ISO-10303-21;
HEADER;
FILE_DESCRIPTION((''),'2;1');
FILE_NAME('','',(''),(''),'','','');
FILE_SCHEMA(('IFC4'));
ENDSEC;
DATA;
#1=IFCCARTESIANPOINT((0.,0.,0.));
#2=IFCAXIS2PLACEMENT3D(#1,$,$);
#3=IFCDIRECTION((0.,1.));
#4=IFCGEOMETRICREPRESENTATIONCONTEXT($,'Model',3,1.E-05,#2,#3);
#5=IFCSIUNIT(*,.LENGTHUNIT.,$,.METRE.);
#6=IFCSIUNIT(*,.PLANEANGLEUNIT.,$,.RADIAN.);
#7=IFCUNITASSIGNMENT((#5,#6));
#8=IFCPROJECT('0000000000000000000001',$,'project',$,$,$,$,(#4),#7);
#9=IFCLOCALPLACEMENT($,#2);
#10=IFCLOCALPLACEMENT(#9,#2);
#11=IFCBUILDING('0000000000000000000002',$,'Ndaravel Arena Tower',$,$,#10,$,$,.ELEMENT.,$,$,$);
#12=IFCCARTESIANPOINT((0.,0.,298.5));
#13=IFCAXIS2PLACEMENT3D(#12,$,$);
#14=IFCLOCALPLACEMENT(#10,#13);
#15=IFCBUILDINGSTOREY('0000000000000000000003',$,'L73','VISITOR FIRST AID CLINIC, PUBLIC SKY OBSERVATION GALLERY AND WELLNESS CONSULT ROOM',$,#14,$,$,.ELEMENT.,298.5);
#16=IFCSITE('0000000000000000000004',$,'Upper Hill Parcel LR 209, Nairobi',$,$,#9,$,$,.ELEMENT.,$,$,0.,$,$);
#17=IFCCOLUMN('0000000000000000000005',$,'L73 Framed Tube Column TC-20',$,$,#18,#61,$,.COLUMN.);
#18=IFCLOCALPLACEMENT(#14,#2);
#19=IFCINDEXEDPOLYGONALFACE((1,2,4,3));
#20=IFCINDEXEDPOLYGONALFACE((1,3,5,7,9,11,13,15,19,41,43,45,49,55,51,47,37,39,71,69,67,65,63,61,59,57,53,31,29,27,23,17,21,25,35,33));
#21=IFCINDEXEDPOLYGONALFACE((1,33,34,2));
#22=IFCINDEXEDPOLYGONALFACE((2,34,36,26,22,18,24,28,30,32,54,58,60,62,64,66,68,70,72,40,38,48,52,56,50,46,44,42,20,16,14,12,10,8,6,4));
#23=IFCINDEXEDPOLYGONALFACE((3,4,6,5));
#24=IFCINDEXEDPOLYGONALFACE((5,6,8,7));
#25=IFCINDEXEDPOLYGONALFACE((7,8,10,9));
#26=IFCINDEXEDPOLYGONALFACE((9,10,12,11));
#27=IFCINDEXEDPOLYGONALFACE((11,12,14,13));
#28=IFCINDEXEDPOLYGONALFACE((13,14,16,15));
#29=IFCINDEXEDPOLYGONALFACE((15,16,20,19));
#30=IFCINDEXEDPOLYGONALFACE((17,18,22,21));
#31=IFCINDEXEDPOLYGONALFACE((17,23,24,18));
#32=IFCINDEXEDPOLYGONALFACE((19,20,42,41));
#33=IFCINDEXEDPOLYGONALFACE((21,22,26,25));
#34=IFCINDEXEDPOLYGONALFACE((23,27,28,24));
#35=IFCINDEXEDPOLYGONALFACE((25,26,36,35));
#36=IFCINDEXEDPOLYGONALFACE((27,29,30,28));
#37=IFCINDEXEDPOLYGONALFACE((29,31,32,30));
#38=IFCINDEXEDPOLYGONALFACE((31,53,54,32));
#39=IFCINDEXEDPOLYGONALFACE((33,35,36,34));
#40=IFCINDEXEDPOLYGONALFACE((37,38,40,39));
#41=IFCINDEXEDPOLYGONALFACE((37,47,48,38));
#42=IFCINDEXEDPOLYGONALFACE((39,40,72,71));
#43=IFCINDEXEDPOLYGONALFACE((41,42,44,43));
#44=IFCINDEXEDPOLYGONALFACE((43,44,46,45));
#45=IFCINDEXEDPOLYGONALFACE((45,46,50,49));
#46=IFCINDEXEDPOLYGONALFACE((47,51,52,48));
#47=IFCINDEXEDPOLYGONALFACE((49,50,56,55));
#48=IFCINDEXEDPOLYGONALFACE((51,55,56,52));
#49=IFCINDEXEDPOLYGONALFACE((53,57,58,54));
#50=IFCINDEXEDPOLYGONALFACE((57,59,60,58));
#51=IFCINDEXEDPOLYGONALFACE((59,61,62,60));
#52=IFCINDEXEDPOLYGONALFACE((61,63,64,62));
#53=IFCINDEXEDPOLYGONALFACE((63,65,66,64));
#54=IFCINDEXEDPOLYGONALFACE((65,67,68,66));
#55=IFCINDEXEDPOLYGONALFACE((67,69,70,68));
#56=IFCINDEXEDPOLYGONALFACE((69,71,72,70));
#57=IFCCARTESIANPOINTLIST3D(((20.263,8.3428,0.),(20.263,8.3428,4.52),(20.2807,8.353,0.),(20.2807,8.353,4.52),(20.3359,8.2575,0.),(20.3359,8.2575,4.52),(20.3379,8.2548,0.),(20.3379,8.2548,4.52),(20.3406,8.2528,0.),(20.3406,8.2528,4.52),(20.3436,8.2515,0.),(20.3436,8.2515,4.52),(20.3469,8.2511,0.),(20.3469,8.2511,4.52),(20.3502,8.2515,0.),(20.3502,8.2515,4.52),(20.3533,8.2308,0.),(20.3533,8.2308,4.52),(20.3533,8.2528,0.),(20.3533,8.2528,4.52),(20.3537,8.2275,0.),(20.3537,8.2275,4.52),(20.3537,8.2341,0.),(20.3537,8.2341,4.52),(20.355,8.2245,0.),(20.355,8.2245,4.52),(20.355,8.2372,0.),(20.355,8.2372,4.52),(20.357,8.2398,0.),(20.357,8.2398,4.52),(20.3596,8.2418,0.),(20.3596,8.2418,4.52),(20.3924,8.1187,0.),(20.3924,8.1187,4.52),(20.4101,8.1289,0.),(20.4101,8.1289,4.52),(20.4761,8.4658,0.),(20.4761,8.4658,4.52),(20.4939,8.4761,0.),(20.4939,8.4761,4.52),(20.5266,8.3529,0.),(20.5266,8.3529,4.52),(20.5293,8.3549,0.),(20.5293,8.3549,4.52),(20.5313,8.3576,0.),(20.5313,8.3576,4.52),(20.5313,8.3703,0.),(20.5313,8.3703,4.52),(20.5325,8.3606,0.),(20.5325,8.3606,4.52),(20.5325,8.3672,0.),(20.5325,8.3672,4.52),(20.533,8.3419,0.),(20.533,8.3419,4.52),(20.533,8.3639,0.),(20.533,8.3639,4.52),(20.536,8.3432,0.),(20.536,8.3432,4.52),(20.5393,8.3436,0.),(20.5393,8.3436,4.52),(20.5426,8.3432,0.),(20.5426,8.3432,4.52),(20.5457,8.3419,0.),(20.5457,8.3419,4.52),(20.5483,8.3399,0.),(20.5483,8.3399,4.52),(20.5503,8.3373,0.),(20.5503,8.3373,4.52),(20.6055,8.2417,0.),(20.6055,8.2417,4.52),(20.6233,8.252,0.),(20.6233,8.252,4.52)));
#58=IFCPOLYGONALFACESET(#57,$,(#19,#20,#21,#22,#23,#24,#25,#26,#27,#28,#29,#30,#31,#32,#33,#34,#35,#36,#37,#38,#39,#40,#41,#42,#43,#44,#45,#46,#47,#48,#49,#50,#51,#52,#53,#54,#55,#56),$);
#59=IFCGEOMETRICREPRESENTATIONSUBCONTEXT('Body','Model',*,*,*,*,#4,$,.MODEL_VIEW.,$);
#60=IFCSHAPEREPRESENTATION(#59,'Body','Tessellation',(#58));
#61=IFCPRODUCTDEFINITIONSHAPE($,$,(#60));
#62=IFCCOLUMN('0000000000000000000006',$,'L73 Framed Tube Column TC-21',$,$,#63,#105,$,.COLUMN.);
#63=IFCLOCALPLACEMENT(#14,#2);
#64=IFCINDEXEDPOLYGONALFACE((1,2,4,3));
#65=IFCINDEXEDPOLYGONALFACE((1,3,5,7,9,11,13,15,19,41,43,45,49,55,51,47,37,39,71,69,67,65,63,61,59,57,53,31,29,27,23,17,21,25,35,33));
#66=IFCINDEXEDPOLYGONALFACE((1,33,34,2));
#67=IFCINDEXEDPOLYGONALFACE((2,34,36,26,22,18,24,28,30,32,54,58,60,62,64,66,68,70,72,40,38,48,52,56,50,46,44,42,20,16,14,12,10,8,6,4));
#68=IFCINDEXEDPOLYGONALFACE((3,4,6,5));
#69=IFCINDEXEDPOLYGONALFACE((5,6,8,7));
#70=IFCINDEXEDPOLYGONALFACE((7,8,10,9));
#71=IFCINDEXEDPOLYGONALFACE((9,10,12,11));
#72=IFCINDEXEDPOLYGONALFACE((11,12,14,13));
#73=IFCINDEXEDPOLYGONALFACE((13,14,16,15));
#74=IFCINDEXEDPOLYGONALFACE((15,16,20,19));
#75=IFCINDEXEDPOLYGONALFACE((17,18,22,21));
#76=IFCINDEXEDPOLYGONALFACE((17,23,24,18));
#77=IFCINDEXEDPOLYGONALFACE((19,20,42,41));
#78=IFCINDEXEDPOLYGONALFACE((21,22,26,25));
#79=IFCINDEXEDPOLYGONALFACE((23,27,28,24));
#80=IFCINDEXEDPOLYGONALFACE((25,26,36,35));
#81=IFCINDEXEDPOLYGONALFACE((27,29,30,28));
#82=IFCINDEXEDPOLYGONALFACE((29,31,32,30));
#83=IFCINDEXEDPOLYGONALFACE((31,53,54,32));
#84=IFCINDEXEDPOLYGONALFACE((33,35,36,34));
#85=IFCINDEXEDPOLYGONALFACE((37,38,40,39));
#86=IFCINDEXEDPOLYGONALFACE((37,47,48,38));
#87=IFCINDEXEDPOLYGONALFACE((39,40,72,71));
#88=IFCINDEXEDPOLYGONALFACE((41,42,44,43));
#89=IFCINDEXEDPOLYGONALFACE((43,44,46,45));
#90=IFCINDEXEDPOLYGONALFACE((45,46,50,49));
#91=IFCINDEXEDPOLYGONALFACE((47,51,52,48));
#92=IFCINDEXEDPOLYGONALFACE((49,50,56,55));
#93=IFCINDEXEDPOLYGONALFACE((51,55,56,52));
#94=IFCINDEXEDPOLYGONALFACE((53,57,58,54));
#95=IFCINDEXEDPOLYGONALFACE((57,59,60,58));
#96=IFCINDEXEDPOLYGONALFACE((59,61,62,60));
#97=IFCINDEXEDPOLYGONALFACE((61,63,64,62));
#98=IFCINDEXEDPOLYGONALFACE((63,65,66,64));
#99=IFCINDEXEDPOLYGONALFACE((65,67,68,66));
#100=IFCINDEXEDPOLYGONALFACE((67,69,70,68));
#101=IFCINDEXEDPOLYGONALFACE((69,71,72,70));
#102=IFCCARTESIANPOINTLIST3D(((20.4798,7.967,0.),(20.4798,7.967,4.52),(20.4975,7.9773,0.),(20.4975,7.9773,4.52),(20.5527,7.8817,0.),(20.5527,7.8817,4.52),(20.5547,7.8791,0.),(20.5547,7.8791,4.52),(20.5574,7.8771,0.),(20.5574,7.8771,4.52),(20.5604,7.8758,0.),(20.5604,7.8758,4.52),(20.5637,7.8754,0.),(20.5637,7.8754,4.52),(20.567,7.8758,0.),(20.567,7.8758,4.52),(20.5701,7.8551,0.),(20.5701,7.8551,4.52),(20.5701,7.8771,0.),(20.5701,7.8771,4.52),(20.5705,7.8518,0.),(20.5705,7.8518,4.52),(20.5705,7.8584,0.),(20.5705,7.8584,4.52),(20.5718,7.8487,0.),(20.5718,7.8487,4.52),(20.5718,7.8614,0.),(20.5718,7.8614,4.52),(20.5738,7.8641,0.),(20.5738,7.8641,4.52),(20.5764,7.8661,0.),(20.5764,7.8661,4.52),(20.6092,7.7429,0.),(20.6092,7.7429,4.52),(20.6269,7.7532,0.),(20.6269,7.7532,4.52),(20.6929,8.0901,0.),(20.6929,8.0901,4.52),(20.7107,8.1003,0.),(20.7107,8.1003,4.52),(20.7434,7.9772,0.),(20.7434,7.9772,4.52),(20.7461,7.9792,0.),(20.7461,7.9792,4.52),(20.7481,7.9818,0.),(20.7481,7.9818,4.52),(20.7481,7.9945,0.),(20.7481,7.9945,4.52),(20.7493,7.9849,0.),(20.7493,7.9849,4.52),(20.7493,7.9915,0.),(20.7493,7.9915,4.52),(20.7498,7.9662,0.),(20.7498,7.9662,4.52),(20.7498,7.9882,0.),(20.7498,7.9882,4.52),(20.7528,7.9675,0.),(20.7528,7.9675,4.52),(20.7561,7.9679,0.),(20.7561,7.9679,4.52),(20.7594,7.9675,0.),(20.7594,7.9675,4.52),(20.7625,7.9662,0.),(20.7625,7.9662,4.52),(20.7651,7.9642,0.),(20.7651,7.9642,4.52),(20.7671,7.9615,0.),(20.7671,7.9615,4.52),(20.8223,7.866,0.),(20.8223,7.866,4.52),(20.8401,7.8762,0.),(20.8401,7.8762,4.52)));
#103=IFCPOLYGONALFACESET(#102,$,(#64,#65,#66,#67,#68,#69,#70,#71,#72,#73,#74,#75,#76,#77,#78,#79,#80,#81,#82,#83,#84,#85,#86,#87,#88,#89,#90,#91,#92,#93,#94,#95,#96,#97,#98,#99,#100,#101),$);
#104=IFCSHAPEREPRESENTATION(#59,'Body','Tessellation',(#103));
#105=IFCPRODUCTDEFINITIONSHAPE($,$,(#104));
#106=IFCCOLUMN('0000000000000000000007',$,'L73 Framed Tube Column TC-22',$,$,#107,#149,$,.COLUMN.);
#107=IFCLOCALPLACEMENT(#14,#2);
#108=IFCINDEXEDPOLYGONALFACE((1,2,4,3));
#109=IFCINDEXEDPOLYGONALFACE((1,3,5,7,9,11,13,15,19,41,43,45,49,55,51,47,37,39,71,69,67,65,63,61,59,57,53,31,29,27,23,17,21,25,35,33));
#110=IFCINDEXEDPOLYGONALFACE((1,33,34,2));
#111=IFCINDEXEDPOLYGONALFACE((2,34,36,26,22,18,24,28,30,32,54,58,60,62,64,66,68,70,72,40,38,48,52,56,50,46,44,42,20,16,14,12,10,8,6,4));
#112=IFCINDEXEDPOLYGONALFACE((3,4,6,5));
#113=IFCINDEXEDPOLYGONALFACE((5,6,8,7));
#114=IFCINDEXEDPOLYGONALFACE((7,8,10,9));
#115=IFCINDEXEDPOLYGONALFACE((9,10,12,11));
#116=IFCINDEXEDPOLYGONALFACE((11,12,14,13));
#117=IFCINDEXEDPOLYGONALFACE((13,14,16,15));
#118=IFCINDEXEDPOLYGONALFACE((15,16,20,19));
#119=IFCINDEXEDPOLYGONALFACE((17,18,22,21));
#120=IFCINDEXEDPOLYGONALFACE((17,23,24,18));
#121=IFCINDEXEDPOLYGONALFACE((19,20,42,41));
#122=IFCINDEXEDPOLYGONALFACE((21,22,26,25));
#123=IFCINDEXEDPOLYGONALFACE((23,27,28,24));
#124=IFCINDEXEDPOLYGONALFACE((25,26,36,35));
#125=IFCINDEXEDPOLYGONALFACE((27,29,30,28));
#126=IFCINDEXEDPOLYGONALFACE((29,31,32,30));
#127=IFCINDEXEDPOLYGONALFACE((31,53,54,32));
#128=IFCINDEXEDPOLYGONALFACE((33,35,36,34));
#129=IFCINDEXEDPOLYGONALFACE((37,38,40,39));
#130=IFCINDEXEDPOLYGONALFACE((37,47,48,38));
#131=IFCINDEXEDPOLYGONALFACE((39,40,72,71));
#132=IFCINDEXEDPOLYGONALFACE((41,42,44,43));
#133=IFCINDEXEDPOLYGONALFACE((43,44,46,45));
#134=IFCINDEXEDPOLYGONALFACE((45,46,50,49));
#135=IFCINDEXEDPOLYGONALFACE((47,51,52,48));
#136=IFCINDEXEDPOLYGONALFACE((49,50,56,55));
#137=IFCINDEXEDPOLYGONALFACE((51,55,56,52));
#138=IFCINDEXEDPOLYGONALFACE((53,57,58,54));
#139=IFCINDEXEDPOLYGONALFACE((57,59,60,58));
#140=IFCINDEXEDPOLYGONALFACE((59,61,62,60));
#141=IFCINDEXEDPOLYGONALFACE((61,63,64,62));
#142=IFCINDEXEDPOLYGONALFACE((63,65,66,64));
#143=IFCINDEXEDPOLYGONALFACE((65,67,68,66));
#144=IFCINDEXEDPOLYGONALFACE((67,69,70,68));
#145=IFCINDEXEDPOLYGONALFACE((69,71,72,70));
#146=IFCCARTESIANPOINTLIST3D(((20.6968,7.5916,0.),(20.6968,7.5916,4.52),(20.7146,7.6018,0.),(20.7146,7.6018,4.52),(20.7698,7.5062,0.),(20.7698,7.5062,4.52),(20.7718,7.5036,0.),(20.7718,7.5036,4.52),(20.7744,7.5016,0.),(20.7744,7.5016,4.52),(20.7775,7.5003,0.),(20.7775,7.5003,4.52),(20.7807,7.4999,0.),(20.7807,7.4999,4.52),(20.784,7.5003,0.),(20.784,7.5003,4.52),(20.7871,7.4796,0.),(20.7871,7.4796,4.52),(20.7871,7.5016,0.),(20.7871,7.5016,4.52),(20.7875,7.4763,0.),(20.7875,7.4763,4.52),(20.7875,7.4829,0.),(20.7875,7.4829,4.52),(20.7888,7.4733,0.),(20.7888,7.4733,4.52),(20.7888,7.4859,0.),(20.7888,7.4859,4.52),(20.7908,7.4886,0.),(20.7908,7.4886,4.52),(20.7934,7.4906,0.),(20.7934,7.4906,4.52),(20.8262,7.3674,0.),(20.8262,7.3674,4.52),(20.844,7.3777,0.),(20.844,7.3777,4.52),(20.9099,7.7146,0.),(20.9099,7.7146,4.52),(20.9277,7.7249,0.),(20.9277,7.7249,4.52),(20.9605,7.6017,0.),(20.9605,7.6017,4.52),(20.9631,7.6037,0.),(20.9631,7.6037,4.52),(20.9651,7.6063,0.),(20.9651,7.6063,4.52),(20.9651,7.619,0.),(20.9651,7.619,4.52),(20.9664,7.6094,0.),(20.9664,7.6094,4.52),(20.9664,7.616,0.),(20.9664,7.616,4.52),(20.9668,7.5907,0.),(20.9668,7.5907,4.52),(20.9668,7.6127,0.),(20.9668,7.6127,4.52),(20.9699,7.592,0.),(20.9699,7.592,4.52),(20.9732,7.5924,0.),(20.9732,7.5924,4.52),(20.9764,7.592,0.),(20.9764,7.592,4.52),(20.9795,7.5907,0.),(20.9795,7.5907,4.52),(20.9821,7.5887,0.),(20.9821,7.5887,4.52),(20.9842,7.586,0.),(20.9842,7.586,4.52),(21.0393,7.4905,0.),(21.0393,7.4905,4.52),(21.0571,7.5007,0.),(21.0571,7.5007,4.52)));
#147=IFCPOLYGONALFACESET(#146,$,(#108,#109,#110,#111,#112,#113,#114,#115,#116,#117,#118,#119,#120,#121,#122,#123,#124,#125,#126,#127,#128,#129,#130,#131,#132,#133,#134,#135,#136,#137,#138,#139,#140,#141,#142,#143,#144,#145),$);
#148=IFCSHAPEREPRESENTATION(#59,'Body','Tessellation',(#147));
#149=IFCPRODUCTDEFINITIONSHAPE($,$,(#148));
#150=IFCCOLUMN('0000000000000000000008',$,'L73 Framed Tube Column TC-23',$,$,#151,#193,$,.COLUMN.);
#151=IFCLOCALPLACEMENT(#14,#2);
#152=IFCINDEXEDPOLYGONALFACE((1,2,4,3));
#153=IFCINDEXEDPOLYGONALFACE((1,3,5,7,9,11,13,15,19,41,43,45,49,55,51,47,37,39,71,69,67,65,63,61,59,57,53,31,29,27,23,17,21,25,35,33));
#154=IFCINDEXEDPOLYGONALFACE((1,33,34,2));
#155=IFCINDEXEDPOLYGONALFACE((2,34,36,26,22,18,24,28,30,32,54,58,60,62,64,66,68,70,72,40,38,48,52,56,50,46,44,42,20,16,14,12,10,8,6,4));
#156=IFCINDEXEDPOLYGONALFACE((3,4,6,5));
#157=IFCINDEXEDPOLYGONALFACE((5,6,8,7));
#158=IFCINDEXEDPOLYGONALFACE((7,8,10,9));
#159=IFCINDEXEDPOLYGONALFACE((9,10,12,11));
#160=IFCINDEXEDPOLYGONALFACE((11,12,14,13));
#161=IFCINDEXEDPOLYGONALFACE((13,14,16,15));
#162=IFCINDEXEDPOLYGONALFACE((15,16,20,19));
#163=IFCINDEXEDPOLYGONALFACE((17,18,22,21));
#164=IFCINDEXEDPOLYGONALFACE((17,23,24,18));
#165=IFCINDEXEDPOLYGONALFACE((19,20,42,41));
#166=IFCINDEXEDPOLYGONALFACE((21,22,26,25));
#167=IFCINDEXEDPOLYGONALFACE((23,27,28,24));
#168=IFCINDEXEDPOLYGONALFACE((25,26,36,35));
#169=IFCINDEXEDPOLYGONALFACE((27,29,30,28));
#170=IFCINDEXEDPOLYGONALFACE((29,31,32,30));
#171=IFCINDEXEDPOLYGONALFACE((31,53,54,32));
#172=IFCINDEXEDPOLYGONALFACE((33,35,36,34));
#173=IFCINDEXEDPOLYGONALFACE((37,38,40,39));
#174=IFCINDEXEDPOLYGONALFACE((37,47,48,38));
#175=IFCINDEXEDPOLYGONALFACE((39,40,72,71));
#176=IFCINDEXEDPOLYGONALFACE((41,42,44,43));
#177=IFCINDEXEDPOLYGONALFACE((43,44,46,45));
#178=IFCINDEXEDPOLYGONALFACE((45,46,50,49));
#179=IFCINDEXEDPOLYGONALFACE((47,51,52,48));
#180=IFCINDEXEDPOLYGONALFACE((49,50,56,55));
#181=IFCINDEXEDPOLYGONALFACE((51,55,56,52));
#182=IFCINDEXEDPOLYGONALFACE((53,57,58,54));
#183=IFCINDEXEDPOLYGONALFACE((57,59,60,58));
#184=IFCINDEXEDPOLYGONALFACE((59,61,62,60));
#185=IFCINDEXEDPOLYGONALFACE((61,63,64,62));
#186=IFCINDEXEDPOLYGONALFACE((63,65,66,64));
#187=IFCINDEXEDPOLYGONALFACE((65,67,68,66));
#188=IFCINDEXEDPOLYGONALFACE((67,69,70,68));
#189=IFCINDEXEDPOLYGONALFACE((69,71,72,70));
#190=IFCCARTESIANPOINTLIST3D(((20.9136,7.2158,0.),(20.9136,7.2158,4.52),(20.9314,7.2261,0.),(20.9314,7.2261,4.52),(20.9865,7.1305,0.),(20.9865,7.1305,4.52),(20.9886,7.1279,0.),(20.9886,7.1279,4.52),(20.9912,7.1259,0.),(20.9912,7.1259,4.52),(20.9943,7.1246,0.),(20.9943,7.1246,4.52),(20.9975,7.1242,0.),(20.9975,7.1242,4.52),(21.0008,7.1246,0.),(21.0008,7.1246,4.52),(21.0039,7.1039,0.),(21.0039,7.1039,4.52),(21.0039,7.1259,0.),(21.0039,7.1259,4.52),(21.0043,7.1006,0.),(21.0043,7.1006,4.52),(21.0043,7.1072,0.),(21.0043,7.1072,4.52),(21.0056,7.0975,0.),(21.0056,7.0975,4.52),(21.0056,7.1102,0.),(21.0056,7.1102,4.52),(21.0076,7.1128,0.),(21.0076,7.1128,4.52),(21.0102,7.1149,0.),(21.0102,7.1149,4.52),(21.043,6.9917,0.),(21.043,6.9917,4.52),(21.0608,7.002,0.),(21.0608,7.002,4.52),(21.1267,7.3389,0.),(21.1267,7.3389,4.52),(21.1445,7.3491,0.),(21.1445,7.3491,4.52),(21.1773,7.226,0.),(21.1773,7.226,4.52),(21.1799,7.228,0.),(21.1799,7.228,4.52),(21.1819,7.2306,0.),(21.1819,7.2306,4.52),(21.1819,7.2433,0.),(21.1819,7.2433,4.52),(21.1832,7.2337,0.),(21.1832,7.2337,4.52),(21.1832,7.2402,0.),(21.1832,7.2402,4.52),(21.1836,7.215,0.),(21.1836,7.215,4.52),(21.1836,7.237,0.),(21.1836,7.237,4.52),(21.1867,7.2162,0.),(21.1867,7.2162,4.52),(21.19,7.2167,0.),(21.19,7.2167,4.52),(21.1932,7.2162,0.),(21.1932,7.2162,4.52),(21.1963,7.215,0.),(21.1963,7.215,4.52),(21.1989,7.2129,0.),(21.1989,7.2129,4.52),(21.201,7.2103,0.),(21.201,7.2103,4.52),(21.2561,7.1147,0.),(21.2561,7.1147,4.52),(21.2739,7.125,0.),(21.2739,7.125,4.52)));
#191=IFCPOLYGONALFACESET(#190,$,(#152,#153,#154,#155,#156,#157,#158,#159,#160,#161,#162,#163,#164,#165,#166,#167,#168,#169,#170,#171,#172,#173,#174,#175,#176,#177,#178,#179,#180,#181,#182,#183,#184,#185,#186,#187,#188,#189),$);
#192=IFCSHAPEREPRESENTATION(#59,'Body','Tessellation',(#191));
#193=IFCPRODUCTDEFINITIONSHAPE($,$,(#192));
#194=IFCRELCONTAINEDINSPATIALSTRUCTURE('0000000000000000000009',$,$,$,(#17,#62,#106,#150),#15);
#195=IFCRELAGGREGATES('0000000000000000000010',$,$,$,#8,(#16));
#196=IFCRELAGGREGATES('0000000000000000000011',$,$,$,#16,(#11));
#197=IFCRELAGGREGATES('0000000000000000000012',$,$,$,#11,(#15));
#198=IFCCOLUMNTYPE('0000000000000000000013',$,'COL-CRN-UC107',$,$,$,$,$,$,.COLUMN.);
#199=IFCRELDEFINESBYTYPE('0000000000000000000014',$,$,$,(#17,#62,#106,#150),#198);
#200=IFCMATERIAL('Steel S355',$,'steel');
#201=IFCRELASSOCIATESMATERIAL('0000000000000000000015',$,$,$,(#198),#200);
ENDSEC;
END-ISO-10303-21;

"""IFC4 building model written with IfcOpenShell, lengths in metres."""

from ifc_helpers import new_model, si_unit, direction, frame, origin, origin_2d, place, context, subcontext, project, spatial, i_section, extrude, material, material_profile, profile_set, type_object, element, save


model = new_model("IFC4")

# Units and contexts
model_context = context("Model", 3, precision=1e-05, world=origin(), true_north=direction((0.0, 1.0)))
body_context = subcontext(model_context, "Body", "Model", "MODEL_VIEW")
ifc_project = project(units=[si_unit("LENGTHUNIT", "METRE"), si_unit("PLANEANGLEUNIT", "RADIAN")], contexts=[model_context])

# Site, building, storey
site_placement = place(None, origin())
site = spatial("IfcSite", under=ifc_project, at=site_placement, Name="Upper Hill Parcel LR 209, Nairobi", CompositionType="ELEMENT", RefElevation=0.0)
building_placement = place(site_placement, origin())
building = spatial("IfcBuilding", under=site, at=building_placement, Name="Ndaravel Arena Tower", CompositionType="ELEMENT")
storey_placement = place(building_placement, frame((0.0, 0.0, 298.5)))
storey = spatial("IfcBuildingStorey", under=building, at=storey_placement, Name="L73", Description="VISITOR FIRST AID CLINIC, PUBLIC SKY OBSERVATION GALLERY AND WELLNESS CONSULT ROOM", CompositionType="ELEMENT", Elevation=298.5)

# Columns
ifc_material_1 = material(Name="Steel S355", Category="steel")
ifc_material_profile_1 = material_profile(ifc_material_1, i_section(OverallWidth=0.2588, OverallDepth=0.2666, WebThickness=0.0127, FlangeThickness=0.0205, FilletRadius=0.0127, at=origin_2d()), Name="UC 254x254x107")
ifc_profile_set_1 = profile_set([ifc_material_profile_1], Name="Steel S355")
column_type = type_object("IfcColumnType", Name="COL-CRN-UC107", PredefinedType="COLUMN", material=ifc_profile_set_1)
for number, where, z_axis, x_axis, name in (
    (1, (20.4431, 8.2974, 0.0), (0.0, 0.0, 1.0), (-0.5, 0.866025, 0.0), "L73 Framed Tube Column TC-20"),
    (2, (20.6599, 7.9216, 0.0), (0.0, 0.0, 1.0), (-0.5, 0.866025, 0.0), "L73 Framed Tube Column TC-21"),
    (3, (20.877, 7.5461, 0.0), (0.0, 0.0, 1.0), (-0.5, 0.866025, 0.0), "L73 Framed Tube Column TC-22"),
    (4, (21.0938, 7.1704, 0.0), (0.0, 0.0, 1.0), (-0.5, 0.866025, 0.0), "L73 Framed Tube Column TC-23"),
):
    element("IfcColumn", number, at=place(storey_placement, frame(where, z_axis=z_axis, x_axis=x_axis)), inside=storey, type_object=column_type, Name=name, PredefinedType="COLUMN", context=body_context, shape_type="SweptSolid", body=[
        extrude(i_section(OverallWidth=0.2588, OverallDepth=0.2666, WebThickness=0.0127, FlangeThickness=0.0205, FilletRadius=0.0127, at=origin_2d()), origin(), (0.0, 0.0, 1.0), 4.52),
    ])

save(model, "model.ifc")
